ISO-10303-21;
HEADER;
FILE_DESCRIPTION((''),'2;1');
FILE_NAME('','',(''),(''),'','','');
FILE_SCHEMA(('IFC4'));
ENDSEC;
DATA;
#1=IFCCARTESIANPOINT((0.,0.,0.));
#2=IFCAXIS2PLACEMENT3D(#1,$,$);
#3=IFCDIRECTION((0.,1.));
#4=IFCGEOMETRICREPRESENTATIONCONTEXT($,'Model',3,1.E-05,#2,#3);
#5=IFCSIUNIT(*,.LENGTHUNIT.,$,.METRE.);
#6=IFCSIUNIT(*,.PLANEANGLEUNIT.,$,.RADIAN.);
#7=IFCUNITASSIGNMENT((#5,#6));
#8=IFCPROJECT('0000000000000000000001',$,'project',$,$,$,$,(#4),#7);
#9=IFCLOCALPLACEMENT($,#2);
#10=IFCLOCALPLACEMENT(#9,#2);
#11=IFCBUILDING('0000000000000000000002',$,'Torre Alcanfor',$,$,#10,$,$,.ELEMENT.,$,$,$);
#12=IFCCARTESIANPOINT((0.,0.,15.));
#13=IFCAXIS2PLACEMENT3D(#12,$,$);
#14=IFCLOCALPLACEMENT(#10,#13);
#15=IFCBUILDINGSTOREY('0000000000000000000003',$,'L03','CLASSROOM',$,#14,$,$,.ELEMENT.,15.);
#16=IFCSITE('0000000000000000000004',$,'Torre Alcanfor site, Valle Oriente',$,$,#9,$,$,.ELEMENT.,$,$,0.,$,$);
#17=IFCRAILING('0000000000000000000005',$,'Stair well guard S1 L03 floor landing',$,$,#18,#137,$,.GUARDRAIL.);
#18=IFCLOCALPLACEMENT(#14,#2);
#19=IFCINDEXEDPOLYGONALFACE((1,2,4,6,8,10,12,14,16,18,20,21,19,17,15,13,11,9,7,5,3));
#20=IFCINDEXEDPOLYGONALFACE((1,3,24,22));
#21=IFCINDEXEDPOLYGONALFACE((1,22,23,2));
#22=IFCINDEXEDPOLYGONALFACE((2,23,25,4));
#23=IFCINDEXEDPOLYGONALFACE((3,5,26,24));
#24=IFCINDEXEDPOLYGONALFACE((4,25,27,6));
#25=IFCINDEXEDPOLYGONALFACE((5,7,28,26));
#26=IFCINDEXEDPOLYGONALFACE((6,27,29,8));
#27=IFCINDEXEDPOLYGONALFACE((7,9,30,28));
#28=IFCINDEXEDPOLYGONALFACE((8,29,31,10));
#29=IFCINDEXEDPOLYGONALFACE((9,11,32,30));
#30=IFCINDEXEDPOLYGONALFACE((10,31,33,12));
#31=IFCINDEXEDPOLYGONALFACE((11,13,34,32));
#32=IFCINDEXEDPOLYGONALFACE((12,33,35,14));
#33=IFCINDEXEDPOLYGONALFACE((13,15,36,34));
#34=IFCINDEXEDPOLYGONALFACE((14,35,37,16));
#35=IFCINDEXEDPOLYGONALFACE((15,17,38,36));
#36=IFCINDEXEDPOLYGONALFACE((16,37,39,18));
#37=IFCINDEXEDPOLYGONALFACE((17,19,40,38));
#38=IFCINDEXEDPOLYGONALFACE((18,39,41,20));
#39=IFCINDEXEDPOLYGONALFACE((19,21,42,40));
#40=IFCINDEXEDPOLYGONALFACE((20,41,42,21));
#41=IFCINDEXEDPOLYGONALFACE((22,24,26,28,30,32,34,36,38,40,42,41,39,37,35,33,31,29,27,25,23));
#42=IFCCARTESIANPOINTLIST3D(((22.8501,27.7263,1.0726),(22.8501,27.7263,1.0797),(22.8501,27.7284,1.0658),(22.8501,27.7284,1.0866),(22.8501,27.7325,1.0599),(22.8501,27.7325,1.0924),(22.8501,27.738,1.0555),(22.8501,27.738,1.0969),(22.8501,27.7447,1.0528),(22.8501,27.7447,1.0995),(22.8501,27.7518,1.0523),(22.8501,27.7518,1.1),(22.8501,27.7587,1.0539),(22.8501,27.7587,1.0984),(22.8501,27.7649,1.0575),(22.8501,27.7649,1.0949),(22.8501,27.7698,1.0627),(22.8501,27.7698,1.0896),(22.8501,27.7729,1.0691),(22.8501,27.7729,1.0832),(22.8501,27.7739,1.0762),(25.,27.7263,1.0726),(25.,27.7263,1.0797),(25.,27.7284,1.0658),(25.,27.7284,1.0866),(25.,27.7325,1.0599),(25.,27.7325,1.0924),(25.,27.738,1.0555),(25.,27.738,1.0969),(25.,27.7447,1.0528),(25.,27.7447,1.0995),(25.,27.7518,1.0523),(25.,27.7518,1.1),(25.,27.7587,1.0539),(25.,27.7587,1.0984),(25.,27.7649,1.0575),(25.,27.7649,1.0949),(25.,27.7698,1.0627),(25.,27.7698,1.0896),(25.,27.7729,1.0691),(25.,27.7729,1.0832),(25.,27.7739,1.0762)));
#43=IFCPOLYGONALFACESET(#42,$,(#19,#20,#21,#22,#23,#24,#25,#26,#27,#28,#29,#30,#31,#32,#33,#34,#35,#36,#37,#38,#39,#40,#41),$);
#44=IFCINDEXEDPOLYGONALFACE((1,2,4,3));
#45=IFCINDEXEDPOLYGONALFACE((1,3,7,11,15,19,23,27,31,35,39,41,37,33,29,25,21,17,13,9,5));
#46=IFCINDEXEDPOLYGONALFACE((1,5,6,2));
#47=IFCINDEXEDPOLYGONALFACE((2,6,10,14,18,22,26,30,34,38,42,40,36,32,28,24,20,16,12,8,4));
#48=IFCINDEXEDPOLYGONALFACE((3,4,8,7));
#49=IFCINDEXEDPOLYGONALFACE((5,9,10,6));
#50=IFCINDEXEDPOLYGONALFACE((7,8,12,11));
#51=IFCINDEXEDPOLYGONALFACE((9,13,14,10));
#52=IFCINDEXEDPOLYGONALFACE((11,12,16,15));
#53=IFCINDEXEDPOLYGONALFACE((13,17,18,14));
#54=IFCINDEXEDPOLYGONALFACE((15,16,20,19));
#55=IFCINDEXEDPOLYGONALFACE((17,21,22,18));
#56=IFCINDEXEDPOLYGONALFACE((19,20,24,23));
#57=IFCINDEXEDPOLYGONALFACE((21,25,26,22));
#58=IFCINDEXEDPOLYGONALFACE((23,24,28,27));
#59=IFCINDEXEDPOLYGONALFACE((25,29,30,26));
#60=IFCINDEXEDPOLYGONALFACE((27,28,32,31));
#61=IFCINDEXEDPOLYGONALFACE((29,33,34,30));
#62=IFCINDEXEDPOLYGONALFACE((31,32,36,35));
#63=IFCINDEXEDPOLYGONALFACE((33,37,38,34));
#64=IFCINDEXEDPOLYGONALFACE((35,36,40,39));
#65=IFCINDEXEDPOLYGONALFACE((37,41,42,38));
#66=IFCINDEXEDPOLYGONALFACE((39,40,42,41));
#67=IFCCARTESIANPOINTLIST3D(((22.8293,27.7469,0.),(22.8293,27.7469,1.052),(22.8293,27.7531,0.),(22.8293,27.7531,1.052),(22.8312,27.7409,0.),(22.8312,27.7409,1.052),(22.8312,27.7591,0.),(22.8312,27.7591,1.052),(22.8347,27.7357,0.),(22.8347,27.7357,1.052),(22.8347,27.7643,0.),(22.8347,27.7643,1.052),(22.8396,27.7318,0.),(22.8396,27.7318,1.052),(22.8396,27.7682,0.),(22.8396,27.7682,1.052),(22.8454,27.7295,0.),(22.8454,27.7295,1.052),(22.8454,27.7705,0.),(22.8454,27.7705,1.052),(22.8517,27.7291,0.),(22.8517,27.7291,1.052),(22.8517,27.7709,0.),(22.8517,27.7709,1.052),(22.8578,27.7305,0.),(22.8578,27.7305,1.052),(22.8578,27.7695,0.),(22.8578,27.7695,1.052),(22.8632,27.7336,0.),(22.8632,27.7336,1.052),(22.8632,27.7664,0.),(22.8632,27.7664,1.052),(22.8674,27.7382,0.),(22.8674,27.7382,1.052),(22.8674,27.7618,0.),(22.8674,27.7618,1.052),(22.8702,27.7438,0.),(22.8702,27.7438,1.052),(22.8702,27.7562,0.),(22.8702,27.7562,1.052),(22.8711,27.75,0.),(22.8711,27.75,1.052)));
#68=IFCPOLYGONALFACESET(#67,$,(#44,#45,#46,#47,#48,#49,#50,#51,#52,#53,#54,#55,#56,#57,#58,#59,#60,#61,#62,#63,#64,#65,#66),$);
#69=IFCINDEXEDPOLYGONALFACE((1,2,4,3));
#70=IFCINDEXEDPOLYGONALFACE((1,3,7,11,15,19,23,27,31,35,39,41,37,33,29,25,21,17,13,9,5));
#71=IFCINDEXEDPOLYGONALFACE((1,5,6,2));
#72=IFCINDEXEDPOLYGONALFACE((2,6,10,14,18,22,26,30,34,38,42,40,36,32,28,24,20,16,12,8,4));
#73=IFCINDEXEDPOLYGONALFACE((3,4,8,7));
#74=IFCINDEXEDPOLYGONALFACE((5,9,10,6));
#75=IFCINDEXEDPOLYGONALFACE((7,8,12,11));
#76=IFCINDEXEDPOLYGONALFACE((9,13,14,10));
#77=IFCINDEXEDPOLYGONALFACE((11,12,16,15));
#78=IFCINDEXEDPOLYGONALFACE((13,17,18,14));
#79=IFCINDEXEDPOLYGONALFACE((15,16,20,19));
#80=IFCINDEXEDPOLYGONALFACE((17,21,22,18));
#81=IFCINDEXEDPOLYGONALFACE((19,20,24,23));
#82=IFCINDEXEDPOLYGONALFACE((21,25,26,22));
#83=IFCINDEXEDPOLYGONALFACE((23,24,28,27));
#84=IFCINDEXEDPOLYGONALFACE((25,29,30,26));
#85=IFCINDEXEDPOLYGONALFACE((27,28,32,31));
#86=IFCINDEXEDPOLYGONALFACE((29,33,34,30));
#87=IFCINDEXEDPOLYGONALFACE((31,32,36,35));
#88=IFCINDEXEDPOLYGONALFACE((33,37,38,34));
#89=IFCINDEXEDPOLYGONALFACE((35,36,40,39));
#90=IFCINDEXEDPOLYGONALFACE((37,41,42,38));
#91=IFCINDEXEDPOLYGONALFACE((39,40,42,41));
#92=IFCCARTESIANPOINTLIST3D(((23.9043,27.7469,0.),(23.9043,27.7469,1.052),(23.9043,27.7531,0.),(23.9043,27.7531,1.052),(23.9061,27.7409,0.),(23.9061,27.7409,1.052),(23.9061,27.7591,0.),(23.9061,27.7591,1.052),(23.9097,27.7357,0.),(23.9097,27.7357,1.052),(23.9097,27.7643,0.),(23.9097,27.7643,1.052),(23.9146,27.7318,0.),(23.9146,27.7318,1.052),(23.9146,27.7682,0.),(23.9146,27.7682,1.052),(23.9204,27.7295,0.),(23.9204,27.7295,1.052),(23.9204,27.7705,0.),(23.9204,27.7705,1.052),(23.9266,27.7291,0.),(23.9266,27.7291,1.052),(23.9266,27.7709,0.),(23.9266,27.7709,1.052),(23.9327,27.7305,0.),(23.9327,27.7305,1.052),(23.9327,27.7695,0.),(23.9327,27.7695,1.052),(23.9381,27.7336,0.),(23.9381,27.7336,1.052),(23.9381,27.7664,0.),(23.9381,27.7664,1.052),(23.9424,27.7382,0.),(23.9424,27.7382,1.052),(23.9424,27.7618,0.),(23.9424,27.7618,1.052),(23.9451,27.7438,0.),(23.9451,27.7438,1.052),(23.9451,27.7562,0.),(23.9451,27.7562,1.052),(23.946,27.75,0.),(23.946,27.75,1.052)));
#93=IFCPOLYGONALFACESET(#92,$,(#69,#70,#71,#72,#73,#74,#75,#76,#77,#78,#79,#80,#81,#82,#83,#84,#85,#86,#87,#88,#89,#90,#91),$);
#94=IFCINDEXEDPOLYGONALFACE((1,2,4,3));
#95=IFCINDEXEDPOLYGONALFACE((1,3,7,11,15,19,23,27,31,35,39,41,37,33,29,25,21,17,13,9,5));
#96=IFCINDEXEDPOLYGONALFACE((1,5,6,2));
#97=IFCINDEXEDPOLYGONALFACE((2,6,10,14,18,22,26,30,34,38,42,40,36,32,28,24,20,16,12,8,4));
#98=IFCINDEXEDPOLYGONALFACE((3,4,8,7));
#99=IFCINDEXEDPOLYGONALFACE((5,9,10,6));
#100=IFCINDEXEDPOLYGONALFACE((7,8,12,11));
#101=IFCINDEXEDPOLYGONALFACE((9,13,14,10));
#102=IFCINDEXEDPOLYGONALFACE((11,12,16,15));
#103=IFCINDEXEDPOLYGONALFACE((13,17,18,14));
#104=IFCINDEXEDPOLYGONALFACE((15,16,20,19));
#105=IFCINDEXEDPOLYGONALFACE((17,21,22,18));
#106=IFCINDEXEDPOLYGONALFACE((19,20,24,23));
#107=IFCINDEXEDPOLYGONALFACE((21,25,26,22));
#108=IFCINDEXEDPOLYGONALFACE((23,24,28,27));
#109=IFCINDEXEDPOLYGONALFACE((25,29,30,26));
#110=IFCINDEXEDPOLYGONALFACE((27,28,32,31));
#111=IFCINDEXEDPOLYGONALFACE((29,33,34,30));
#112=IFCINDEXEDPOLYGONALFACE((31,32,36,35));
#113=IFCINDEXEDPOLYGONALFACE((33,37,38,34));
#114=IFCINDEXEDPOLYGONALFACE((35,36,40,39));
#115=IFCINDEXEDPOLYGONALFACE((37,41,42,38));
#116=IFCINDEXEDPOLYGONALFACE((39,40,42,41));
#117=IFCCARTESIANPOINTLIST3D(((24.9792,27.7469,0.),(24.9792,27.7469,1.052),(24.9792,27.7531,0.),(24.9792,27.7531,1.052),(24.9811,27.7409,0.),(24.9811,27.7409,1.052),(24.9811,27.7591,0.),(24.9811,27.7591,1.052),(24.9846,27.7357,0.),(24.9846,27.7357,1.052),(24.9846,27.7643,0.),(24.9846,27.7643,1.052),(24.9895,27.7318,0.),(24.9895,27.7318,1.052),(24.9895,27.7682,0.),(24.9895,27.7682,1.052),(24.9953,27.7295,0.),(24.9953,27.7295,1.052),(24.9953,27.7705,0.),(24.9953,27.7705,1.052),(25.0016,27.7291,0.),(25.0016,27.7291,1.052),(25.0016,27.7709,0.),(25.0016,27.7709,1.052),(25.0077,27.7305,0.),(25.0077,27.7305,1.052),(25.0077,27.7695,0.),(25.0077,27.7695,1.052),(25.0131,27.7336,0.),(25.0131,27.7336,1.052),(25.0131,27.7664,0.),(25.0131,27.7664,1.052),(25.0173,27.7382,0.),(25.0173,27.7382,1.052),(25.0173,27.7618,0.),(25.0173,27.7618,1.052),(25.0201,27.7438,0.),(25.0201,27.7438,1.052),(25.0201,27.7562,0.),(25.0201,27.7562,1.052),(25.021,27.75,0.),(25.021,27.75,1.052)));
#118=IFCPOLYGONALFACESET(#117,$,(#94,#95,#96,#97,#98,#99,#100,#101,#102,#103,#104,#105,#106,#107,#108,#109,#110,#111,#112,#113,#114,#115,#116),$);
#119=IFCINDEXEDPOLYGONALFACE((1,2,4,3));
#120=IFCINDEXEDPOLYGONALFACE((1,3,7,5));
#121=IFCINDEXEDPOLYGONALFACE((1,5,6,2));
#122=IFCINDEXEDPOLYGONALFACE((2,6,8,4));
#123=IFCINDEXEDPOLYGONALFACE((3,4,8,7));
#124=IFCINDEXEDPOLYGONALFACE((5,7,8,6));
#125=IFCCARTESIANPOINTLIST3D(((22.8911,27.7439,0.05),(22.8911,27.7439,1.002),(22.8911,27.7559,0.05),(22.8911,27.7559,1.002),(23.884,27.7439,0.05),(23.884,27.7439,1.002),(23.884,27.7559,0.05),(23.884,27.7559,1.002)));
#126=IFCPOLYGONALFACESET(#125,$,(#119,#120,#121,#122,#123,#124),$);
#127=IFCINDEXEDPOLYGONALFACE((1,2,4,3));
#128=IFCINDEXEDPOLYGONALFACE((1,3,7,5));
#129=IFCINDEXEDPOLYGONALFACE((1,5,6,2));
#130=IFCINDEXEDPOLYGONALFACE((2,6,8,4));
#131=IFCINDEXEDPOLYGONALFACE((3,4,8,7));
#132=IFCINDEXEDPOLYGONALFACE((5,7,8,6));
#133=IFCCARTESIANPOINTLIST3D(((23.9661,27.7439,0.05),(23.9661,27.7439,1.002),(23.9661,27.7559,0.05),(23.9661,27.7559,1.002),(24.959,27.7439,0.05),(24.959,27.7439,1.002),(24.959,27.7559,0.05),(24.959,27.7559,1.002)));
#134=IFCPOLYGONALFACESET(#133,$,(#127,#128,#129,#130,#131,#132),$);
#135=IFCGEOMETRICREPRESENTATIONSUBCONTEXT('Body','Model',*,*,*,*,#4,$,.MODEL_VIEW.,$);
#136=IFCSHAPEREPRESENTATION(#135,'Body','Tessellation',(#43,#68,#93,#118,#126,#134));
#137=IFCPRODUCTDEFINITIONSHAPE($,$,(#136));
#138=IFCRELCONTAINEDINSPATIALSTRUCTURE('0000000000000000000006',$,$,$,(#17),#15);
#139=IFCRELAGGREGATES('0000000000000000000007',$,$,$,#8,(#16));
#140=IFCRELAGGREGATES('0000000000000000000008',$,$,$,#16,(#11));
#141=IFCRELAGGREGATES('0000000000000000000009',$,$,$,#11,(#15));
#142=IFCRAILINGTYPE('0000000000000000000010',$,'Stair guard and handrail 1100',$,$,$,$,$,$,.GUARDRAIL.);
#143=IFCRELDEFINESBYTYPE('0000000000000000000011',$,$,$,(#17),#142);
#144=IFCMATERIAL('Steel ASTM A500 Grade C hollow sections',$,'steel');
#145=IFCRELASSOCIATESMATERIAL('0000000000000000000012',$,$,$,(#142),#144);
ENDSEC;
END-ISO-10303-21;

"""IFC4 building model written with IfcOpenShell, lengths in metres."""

from ifc_helpers import new_model, si_unit, direction, frame, origin, origin_2d, place, context, subcontext, project, spatial, polyline, circle, outline, extrude, material, type_object, element, save


model = new_model("IFC4")

# Units and contexts
model_context = context("Model", 3, precision=1e-05, world=origin(), true_north=direction((0.0, 1.0)))
body_context = subcontext(model_context, "Body", "Model", "MODEL_VIEW")
ifc_project = project(units=[si_unit("LENGTHUNIT", "METRE"), si_unit("PLANEANGLEUNIT", "RADIAN")], contexts=[model_context])

# Site, building, storey
site_placement = place(None, origin())
site = spatial("IfcSite", under=ifc_project, at=site_placement, Name="Torre Alcanfor site, Valle Oriente", CompositionType="ELEMENT", RefElevation=0.0)
building_placement = place(site_placement, origin())
building = spatial("IfcBuilding", under=site, at=building_placement, Name="Torre Alcanfor", CompositionType="ELEMENT")
storey_placement = place(building_placement, frame((0.0, 0.0, 15.0)))
storey = spatial("IfcBuildingStorey", under=building, at=storey_placement, Name="L03", Description="CLASSROOM", CompositionType="ELEMENT", Elevation=15.0)

# Railing
ifc_material_1 = material(Name="Steel ASTM A500 Grade C hollow sections", Category="steel")
railing_type_1 = type_object("IfcRailingType", Name="Stair guard and handrail 1100", PredefinedType="GUARDRAIL", material=ifc_material_1)
for number, where, name in (
    (1, (22.8501, 27.75, 0.0), "Stair well guard S1 L03 floor landing"),
):
    element("IfcRailing", number, at=place(storey_placement, frame(where)), inside=storey, type_object=railing_type_1, Name=name, PredefinedType="GUARDRAIL", context=body_context, shape_type="SweptSolid", body=[
        extrude(circle(Radius=0.0239, at=origin_2d()), frame((0.0, 0.0, 1.0762), z_axis=(1.0, 0.0, 0.0), x_axis=(0.0, 1.0, 0.0)), (0.0, 0.0, 1.0), 2.1499),
        extrude(circle(Radius=0.021, at=origin_2d()), origin(), (0.0, 0.0, 1.0), 1.052),
        extrude(circle(Radius=0.021, at=origin_2d()), frame((1.075, 0.0, 0.0)), (0.0, 0.0, 1.0), 1.052),
        extrude(circle(Radius=0.021, at=origin_2d()), frame((2.1499, 0.0, 0.0)), (0.0, 0.0, 1.0), 1.052),
        extrude(outline(polyline([(0.041, 0.05), (1.0339, 0.05), (1.0339, 1.002), (0.041, 1.002), (0.041, 0.05)])), frame((0.0, 0.0059, 0.0), z_axis=(0.0, -1.0, 0.0), x_axis=(1.0, 0.0, 0.0)), (0.0, 0.0, 1.0), 0.012),
        extrude(outline(polyline([(1.116, 0.05), (2.1089, 0.05), (2.1089, 1.002), (1.116, 1.002), (1.116, 0.05)])), frame((0.0, 0.0059, 0.0), z_axis=(0.0, -1.0, 0.0), x_axis=(1.0, 0.0, 0.0)), (0.0, 0.0, 1.0), 0.012),
    ])

save(model, "model.ifc")
